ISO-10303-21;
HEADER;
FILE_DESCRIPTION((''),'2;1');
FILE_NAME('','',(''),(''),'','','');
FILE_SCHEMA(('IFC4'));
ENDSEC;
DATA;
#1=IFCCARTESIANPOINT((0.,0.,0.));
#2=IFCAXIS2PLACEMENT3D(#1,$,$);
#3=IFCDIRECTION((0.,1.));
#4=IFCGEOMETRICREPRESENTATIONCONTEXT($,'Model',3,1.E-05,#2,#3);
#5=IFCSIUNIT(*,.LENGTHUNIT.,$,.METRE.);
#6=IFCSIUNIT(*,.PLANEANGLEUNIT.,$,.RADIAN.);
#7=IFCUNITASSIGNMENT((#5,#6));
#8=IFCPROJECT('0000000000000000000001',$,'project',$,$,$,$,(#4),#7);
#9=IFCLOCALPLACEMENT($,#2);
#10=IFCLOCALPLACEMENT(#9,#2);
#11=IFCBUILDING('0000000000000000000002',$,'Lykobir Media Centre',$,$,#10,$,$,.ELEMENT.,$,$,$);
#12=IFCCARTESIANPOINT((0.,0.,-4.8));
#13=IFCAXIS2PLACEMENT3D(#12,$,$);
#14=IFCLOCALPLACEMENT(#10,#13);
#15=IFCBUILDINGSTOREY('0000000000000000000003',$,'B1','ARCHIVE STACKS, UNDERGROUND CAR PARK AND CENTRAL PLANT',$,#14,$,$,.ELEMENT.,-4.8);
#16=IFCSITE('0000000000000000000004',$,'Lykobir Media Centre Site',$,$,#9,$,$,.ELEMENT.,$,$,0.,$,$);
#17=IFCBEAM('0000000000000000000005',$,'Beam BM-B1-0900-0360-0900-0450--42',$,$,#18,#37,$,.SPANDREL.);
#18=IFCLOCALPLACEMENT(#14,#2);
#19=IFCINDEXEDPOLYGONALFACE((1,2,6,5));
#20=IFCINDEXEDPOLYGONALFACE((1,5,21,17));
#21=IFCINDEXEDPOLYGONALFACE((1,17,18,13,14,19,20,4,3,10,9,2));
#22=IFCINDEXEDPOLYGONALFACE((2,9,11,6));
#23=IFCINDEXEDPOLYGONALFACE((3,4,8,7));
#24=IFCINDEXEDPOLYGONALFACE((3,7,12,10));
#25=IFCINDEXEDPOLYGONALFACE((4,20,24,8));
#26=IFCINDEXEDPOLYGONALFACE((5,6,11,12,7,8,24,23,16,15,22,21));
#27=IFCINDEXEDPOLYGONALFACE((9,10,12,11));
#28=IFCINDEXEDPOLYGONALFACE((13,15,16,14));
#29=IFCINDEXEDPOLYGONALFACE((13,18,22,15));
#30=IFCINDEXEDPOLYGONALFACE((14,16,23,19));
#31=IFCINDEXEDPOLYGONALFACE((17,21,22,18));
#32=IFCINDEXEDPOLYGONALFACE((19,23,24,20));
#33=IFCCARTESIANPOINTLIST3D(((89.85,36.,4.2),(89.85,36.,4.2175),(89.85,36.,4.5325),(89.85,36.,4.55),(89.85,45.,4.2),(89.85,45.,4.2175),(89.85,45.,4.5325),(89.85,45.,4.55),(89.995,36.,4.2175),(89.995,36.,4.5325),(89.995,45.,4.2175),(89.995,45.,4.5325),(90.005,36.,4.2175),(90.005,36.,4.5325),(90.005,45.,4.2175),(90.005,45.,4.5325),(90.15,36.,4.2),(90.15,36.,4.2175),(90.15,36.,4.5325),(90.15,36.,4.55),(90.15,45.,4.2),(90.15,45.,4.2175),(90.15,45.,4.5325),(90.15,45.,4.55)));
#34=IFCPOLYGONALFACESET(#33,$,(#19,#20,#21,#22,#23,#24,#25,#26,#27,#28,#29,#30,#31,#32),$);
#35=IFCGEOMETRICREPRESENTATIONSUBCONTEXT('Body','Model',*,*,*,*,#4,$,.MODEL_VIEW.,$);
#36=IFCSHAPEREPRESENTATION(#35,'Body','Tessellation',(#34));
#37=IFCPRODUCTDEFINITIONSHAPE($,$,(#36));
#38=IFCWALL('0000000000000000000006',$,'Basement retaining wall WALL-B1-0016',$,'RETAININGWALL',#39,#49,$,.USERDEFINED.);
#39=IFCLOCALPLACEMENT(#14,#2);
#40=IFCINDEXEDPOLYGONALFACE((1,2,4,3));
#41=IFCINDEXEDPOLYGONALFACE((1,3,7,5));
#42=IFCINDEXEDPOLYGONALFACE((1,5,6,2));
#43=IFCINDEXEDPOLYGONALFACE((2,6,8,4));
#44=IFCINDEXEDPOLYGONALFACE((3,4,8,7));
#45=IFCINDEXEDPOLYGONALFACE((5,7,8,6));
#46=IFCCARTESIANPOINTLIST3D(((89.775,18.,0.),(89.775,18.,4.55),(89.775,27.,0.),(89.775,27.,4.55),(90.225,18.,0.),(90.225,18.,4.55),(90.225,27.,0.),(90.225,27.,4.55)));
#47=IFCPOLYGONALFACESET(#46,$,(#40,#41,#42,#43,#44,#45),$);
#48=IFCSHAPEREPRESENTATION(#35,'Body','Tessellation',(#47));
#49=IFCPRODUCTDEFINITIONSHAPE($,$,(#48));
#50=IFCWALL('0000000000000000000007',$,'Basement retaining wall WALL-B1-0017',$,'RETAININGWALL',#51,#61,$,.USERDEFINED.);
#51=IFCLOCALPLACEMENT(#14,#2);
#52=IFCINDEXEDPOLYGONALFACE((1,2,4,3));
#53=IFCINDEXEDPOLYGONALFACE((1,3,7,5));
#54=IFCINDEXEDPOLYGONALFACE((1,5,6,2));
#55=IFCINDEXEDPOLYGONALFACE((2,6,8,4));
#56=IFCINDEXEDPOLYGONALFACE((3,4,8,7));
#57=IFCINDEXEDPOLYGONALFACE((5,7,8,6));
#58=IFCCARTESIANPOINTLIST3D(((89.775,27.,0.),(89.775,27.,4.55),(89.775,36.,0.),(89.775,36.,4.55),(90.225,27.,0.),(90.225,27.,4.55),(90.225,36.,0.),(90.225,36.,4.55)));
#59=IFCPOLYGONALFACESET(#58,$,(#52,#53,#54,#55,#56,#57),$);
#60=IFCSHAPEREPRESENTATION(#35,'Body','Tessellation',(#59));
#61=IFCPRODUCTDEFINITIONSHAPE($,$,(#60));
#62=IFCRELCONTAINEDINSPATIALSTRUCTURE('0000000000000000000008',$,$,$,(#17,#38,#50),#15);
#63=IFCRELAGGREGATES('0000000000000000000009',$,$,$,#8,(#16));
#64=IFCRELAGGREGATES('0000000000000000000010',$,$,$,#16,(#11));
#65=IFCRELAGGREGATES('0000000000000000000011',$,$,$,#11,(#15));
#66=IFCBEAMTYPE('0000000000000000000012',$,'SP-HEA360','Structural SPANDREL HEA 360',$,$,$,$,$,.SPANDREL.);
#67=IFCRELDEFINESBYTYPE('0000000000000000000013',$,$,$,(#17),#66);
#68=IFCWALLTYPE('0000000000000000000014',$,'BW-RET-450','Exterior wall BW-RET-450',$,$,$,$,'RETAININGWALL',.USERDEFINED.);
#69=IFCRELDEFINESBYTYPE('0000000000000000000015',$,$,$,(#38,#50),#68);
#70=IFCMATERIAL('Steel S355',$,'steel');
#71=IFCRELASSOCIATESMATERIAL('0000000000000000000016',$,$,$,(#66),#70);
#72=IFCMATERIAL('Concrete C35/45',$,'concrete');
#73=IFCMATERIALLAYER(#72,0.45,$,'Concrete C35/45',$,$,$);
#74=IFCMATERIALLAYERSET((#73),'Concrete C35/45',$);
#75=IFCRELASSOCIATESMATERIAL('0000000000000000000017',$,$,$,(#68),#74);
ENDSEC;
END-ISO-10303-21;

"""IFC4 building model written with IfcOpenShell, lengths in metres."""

from ifc_helpers import new_model, si_unit, direction, frame, frame_2d, origin, origin_2d, place, context, subcontext, project, spatial, rectangle, i_section, extrude, material, layer, layer_set, material_profile, profile_set, type_object, element, save


model = new_model("IFC4")

# Units and contexts
model_context = context("Model", 3, precision=1e-05, world=origin(), true_north=direction((0.0, 1.0)))
body_context = subcontext(model_context, "Body", "Model", "MODEL_VIEW")
ifc_project = project(units=[si_unit("LENGTHUNIT", "METRE"), si_unit("PLANEANGLEUNIT", "RADIAN")], contexts=[model_context])

# Site, building, storey
site_placement = place(None, origin())
site = spatial("IfcSite", under=ifc_project, at=site_placement, Name="Lykobir Media Centre Site", CompositionType="ELEMENT", RefElevation=0.0)
building_placement = place(site_placement, origin())
building = spatial("IfcBuilding", under=site, at=building_placement, Name="Lykobir Media Centre", CompositionType="ELEMENT")
storey_placement = place(building_placement, frame((0.0, 0.0, -4.8)))
storey = spatial("IfcBuildingStorey", under=building, at=storey_placement, Name="B1", Description="ARCHIVE STACKS, UNDERGROUND CAR PARK AND CENTRAL PLANT", CompositionType="ELEMENT", Elevation=-4.8)

# Shared definitions
ifc_material_1 = material(Name="Concrete C35/45", Category="concrete")

# Beam
ifc_material_2 = material(Name="Steel S355", Category="steel")
ifc_material_profile_1 = material_profile(ifc_material_2, i_section(OverallWidth=0.3, OverallDepth=0.3501, WebThickness=0.01, FlangeThickness=0.0176, at=origin_2d()), Name="HEA 360")
ifc_profile_set_1 = profile_set([ifc_material_profile_1], Name="Steel S355")
beam_type_1 = type_object("IfcBeamType", Name="SP-HEA360", Description="Structural SPANDREL HEA 360", PredefinedType="SPANDREL", material=ifc_profile_set_1)
for number, where, z_axis, x_axis, name in (
    (1, (90.0, 36.0, 4.375), (0.0, 1.0, 0.0), (-1.0, 0.0, 0.0), "Beam BM-B1-0900-0360-0900-0450--42"),
):
    element("IfcBeam", number, at=place(storey_placement, frame(where, z_axis=z_axis, x_axis=x_axis)), inside=storey, type_object=beam_type_1, Name=name, PredefinedType="SPANDREL", context=body_context, shape_type="SweptSolid", body=[
        extrude(i_section(OverallWidth=0.3, OverallDepth=0.3501, WebThickness=0.01, FlangeThickness=0.0176, at=origin_2d()), origin(), (0.0, 0.0, 1.0), 9.0),
    ])

# Walls
ifc_layer = layer(ifc_material_1, 0.45, Name="Concrete C35/45")
ifc_layer_set = layer_set([ifc_layer], Name="Concrete C35/45")
wall_type = type_object("IfcWallType", Name="BW-RET-450", Description="Exterior wall BW-RET-450", ElementType="RETAININGWALL", PredefinedType="USERDEFINED", material=ifc_layer_set)
for number, where, z_axis, x_axis, name in (
    (2, (90.0, 27.0, 0.0), (0.0, 0.0, 1.0), (0.0, -1.0, 0.0), "Basement retaining wall WALL-B1-0016"),
    (3, (90.0, 36.0, 0.0), (0.0, 0.0, 1.0), (0.0, -1.0, 0.0), "Basement retaining wall WALL-B1-0017"),
):
    element("IfcWall", number, at=place(storey_placement, frame(where, z_axis=z_axis, x_axis=x_axis)), inside=storey, type_object=wall_type, Name=name, ObjectType="RETAININGWALL", PredefinedType="USERDEFINED", context=body_context, shape_type="SweptSolid", body=[
        extrude(rectangle(XDim=9.0, YDim=0.45, at=frame_2d((4.5, 0.0))), origin(), (0.0, 0.0, 1.0), 4.55),
    ])

save(model, "model.ifc")
